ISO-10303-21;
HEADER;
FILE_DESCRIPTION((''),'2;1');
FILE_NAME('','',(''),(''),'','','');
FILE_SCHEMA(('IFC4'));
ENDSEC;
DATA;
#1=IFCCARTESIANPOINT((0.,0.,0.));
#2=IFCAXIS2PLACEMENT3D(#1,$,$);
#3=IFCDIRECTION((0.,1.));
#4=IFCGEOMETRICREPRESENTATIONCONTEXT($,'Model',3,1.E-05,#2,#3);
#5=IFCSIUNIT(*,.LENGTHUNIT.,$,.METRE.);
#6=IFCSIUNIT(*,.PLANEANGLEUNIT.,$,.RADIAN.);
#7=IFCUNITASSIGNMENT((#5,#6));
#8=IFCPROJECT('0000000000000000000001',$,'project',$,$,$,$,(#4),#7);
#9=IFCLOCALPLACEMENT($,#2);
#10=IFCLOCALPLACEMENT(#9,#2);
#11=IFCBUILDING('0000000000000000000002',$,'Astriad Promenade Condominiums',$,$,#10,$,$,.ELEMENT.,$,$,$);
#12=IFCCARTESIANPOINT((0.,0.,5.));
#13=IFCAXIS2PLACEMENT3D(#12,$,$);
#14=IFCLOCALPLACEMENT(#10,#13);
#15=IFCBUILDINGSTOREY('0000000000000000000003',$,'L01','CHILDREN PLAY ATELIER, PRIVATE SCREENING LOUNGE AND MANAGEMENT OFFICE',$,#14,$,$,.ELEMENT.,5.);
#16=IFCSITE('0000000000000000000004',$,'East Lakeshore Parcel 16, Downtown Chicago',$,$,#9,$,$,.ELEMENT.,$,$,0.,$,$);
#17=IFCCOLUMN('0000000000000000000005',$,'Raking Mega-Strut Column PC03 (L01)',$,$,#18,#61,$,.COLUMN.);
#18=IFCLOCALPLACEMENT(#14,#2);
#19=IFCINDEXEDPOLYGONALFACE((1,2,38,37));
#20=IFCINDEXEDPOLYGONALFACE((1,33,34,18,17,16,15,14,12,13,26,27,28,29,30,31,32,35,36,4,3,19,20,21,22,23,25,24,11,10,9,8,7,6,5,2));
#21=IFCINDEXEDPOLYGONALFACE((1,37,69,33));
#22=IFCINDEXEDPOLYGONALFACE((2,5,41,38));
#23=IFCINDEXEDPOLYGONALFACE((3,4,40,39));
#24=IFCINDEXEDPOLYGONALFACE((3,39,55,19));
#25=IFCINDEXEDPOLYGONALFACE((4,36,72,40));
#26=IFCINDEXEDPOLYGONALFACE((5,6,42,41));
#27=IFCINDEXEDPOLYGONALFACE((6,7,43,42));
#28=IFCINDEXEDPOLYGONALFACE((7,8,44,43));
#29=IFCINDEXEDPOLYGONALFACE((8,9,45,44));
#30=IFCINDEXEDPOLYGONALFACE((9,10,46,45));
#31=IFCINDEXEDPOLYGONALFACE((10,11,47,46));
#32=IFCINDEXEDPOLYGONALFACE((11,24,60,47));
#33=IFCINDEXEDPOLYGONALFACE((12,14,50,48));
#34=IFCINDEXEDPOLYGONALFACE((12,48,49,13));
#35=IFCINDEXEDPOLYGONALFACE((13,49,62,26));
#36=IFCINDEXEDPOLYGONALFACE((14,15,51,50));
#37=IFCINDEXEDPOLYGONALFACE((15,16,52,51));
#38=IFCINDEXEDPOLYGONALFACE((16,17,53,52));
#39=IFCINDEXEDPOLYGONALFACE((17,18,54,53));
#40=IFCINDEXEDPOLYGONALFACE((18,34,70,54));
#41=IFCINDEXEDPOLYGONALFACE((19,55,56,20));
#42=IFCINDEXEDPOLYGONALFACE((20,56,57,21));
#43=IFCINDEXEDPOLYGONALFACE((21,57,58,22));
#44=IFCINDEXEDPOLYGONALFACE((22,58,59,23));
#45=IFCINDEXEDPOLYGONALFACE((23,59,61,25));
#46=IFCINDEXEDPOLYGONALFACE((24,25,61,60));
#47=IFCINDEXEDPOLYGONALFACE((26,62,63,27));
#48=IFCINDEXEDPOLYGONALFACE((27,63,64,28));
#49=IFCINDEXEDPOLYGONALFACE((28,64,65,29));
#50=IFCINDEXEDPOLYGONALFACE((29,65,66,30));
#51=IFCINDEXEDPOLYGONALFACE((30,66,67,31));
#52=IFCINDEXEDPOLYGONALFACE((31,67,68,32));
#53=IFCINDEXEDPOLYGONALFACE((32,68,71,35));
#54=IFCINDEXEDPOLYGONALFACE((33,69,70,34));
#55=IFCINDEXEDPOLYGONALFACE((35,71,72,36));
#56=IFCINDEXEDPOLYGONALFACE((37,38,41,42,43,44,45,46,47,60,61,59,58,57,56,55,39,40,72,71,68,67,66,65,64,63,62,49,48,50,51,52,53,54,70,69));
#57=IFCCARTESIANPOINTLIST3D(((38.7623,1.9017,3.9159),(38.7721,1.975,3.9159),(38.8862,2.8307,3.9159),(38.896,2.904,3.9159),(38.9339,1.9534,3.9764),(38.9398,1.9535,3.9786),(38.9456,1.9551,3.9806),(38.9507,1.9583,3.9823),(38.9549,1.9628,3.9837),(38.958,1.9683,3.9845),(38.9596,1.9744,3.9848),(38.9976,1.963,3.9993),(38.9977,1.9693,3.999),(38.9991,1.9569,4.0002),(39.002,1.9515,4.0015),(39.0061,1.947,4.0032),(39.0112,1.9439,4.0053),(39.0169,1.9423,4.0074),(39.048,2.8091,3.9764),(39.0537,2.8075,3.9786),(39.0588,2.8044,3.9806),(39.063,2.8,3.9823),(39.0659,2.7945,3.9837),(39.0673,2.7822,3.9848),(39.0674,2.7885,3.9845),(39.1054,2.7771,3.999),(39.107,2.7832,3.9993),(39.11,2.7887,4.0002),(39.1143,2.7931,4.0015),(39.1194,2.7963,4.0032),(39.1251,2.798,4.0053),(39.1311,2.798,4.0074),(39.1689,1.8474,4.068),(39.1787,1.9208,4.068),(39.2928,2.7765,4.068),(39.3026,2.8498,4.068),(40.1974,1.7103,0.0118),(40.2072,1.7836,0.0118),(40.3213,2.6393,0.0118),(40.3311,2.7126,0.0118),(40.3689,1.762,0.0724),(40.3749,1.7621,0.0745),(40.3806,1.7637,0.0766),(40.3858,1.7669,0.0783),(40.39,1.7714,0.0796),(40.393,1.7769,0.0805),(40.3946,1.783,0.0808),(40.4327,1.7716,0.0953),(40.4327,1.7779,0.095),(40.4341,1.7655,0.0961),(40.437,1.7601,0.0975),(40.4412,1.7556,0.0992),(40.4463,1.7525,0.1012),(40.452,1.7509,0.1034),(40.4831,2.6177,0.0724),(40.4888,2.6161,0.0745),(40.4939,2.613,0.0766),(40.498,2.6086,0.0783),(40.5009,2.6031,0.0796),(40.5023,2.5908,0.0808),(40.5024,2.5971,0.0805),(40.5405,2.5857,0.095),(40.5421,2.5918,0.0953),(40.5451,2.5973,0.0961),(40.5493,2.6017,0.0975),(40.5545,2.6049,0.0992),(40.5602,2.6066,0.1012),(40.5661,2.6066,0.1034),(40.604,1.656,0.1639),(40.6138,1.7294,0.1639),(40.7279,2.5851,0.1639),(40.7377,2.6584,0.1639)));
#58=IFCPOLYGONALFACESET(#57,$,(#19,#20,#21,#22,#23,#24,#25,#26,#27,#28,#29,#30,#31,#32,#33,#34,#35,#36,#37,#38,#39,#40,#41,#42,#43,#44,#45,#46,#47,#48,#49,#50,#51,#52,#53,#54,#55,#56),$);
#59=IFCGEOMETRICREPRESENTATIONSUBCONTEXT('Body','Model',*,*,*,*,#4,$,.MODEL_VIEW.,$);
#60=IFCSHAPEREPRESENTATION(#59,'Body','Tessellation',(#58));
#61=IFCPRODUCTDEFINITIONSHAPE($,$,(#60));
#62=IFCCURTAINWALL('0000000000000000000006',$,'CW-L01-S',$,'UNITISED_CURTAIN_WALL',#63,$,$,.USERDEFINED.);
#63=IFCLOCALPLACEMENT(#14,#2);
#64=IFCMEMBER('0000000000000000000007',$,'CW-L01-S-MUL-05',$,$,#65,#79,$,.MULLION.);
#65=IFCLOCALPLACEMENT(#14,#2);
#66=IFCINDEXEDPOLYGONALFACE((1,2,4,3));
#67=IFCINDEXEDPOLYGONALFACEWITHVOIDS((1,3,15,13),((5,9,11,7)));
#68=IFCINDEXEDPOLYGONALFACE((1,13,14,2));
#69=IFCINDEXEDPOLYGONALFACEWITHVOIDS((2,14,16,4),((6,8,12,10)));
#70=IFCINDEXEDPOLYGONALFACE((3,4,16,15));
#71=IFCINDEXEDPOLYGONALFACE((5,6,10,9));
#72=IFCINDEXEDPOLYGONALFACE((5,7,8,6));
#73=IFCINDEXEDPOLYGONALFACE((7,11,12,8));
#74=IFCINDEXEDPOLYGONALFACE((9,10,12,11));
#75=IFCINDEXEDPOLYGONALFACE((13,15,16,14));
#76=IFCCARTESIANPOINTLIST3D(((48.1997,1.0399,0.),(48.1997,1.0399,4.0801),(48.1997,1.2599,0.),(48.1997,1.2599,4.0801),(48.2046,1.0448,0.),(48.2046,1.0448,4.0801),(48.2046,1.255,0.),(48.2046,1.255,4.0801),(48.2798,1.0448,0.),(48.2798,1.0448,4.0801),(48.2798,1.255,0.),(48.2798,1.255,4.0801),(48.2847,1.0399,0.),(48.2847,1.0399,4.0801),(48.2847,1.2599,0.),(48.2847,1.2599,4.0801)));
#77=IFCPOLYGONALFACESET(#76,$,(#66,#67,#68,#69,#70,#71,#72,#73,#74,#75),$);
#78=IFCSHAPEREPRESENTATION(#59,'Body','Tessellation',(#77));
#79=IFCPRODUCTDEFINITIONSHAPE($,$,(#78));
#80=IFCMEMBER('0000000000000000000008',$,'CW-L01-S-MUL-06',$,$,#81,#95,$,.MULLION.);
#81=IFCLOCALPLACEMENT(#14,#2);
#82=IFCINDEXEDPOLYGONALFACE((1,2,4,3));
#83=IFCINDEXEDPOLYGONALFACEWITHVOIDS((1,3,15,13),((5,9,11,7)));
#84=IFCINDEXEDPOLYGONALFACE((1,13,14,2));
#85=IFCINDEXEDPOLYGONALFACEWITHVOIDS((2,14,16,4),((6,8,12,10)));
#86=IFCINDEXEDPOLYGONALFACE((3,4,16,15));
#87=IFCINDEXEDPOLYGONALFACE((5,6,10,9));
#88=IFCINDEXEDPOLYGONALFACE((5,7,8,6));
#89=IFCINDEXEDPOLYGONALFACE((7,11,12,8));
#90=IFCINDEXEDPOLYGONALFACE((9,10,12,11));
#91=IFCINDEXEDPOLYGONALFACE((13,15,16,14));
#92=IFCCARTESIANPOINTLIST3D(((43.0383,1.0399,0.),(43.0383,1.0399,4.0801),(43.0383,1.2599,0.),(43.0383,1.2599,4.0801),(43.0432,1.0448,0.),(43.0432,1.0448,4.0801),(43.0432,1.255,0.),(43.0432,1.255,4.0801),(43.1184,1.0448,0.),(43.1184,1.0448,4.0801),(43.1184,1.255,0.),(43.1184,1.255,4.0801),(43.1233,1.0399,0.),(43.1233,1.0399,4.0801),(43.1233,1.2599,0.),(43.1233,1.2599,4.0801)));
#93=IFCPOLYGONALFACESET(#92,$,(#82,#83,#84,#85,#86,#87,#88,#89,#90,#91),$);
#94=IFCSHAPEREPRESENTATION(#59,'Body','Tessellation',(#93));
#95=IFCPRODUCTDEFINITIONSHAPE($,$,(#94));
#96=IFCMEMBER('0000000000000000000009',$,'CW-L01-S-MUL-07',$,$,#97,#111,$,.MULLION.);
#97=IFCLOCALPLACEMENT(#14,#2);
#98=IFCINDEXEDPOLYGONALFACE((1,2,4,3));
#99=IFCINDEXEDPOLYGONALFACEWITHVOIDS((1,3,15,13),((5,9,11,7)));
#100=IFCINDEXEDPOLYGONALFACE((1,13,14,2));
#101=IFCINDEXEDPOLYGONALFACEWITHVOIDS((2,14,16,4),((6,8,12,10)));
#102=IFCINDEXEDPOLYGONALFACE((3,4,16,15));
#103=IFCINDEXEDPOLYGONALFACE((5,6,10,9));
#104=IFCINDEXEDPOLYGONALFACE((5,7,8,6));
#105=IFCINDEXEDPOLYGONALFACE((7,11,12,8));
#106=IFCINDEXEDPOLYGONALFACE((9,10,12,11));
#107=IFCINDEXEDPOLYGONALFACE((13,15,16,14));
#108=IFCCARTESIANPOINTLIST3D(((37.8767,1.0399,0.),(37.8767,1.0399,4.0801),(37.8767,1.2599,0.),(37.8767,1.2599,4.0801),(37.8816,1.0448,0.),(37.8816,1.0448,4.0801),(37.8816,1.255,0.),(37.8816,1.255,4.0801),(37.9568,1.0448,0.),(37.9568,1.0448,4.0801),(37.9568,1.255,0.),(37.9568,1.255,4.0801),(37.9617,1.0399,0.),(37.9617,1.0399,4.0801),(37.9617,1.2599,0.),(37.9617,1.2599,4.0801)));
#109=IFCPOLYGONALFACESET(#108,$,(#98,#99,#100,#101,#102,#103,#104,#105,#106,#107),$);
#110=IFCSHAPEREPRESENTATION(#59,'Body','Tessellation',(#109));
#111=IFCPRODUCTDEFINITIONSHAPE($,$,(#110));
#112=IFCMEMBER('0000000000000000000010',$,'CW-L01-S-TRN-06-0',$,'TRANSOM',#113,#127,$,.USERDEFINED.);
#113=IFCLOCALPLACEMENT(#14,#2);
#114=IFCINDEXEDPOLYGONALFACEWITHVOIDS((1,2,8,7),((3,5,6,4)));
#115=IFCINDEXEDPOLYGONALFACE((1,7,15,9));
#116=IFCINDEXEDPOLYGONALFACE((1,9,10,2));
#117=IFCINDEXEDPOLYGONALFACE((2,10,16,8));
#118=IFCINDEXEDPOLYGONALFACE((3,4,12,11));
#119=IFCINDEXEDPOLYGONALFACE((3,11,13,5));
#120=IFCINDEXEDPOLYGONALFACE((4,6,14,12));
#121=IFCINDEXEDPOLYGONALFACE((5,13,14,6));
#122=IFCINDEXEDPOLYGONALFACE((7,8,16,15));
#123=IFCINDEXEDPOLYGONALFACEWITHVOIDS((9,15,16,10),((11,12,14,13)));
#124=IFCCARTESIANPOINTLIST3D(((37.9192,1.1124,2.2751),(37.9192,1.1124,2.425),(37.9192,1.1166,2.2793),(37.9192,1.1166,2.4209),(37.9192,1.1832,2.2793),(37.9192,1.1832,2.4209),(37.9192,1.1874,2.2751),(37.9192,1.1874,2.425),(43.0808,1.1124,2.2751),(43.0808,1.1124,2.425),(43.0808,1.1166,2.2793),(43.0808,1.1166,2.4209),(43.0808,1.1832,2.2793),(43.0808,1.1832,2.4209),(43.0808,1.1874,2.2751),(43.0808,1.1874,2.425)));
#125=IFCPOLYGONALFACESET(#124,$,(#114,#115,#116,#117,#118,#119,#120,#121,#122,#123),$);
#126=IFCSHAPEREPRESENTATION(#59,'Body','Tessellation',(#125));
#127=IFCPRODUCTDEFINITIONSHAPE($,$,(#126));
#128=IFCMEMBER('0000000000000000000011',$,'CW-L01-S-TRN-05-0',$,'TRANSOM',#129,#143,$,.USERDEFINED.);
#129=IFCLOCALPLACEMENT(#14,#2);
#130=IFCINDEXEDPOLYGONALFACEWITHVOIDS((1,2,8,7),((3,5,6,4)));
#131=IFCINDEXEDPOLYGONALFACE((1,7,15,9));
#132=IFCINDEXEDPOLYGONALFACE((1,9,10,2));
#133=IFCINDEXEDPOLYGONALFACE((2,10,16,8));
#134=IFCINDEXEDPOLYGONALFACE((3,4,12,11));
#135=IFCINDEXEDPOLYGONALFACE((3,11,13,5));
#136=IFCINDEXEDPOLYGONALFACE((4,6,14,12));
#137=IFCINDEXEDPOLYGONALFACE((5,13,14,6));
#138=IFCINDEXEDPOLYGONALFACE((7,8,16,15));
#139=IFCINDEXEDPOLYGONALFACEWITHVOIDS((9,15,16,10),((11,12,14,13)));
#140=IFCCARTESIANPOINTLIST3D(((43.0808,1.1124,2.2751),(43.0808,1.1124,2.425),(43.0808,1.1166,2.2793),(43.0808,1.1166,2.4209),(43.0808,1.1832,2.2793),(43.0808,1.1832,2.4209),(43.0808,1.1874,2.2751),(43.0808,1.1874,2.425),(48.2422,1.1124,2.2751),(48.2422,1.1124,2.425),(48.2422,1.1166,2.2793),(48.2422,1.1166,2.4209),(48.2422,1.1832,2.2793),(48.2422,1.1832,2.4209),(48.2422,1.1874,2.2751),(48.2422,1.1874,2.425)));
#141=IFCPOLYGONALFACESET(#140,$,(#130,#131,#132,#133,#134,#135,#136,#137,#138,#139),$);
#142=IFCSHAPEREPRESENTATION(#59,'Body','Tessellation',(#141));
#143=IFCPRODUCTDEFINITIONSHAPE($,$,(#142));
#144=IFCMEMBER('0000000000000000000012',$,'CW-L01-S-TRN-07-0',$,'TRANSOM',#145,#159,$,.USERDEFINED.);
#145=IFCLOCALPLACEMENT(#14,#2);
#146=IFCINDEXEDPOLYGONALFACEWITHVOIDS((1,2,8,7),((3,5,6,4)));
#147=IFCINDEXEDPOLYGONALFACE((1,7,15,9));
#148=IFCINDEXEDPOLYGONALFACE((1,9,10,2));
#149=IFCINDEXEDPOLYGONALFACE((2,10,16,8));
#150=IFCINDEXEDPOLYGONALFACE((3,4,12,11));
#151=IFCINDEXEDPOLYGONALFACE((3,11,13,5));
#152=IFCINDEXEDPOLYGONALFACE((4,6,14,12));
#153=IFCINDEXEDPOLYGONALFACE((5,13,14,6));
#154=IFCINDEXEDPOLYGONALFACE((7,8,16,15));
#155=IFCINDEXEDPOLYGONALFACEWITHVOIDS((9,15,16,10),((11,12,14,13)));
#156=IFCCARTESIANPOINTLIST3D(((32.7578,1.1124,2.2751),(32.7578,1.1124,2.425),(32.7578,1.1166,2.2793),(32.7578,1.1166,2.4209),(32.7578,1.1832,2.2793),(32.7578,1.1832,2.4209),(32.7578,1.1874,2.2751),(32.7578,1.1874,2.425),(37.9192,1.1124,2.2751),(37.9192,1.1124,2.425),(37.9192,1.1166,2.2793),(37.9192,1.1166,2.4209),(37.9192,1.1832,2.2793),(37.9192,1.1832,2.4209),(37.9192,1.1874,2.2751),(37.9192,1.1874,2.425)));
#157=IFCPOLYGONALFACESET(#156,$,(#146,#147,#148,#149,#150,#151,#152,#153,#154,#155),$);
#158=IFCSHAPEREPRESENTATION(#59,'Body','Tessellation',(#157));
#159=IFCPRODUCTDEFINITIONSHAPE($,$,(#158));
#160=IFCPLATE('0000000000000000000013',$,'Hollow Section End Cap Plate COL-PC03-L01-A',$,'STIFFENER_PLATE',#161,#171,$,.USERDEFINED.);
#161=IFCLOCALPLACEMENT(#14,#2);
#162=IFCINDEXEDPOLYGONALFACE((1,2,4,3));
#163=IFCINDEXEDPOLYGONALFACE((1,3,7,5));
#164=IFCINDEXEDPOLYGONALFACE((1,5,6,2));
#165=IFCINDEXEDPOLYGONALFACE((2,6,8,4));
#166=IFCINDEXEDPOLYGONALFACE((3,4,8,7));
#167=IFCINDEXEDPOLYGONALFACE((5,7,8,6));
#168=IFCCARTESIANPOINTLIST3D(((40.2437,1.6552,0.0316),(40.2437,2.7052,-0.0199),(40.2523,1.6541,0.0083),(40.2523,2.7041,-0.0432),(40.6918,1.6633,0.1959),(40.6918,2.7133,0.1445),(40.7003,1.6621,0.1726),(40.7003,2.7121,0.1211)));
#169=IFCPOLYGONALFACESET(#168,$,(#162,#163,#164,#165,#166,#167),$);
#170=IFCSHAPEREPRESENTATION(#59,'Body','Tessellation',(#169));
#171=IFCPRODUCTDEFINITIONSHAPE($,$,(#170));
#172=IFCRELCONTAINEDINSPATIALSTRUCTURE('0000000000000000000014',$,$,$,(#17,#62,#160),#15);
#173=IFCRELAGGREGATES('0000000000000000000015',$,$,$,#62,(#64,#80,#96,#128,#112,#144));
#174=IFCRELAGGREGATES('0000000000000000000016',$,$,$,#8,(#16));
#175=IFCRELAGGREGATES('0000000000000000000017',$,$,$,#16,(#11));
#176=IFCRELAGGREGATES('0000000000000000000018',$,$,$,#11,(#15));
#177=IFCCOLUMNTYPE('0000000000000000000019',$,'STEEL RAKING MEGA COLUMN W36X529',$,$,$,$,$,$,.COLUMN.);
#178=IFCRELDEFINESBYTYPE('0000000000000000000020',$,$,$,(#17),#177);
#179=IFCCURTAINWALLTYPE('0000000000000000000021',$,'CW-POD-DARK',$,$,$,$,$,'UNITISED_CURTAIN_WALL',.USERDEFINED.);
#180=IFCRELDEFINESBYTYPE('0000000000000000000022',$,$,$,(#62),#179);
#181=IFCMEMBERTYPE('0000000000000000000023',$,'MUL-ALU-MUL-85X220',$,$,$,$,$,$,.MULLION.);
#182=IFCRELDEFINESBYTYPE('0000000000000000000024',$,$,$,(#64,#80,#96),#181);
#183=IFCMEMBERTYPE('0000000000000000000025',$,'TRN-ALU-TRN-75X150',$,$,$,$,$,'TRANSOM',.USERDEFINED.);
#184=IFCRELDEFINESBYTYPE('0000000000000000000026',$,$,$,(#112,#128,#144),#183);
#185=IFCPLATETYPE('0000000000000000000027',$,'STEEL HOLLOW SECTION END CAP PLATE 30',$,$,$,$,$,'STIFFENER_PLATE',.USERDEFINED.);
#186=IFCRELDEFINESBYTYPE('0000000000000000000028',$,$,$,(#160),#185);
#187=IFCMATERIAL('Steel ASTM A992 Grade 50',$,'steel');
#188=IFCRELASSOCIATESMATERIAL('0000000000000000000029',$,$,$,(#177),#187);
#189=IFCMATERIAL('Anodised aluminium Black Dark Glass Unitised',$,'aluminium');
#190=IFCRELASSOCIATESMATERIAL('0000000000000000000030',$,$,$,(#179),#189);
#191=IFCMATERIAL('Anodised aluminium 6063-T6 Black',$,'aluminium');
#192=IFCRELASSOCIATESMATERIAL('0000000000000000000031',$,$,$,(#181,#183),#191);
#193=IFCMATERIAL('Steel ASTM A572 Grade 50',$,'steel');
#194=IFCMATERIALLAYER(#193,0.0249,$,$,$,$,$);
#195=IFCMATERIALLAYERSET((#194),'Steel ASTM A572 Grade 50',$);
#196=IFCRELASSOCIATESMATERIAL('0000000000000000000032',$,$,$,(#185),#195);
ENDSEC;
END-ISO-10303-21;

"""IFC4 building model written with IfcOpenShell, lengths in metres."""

from ifc_helpers import new_model, si_unit, direction, frame, origin, origin_2d, place, context, subcontext, project, spatial, rectangle, hollow_rectangle, i_section, extrude, source, transform, mapped, material, layer, layer_set, material_profile, profile_set, type_object, type_shapes, element, aggregate, save


model = new_model("IFC4")

# Units and contexts
model_context = context("Model", 3, precision=1e-05, world=origin(), true_north=direction((0.0, 1.0)))
body_context = subcontext(model_context, "Body", "Model", "MODEL_VIEW")
ifc_project = project(units=[si_unit("LENGTHUNIT", "METRE"), si_unit("PLANEANGLEUNIT", "RADIAN")], contexts=[model_context])

# Site, building, storey
site_placement = place(None, origin())
site = spatial("IfcSite", under=ifc_project, at=site_placement, Name="East Lakeshore Parcel 16, Downtown Chicago", CompositionType="ELEMENT", RefElevation=0.0)
building_placement = place(site_placement, origin())
building = spatial("IfcBuilding", under=site, at=building_placement, Name="Astriad Promenade Condominiums", CompositionType="ELEMENT")
storey_placement = place(building_placement, frame((0.0, 0.0, 5.0)))
storey = spatial("IfcBuildingStorey", under=building, at=storey_placement, Name="L01", Description="CHILDREN PLAY ATELIER, PRIVATE SCREENING LOUNGE AND MANAGEMENT OFFICE", CompositionType="ELEMENT", Elevation=5.0)

# Column
ifc_material_1 = material(Name="Steel ASTM A992 Grade 50", Category="steel")
ifc_material_profile_1 = material_profile(ifc_material_1, i_section(OverallWidth=0.4375, OverallDepth=1.0112, WebThickness=0.041, FlangeThickness=0.074, FilletRadius=0.0242, at=origin_2d()), Name="W36X529")
ifc_profile_set_1 = profile_set([ifc_material_profile_1], Name="Steel ASTM A992 Grade 50")
column_type = type_object("IfcColumnType", Name="STEEL RAKING MEGA COLUMN W36X529", PredefinedType="COLUMN", material=ifc_profile_set_1)
shared_shape_1 = source(origin(), body_context, "Body", "SweptSolid", [
    extrude(i_section(OverallWidth=0.4375, OverallDepth=1.0112, WebThickness=0.041, FlangeThickness=0.074, FilletRadius=0.0242, at=origin_2d()), origin(), (0.0, 0.0, 1.0), 4.1638),
])
type_shapes(column_type, [shared_shape_1])
column_placement = place(storey_placement, frame((40.4675, 2.1843, 0.0879), z_axis=(-0.344647, 0.045969, 0.937606), x_axis=(0.929376, -0.123959, 0.347699)))
element("IfcColumn", 1, at=column_placement, inside=storey, type_object=column_type, Name="Raking Mega-Strut Column PC03 (L01)", PredefinedType="COLUMN", context=body_context, shape_type="MappedRepresentation", body=[
    mapped(shared_shape_1, transform((0.0, 0.0, 0.0), scale=1.0)),
])

# Curtain wall, members
ifc_material_2 = material(Name="Anodised aluminium Black Dark Glass Unitised", Category="aluminium")
curtain_wall_type = type_object("IfcCurtainWallType", Name="CW-POD-DARK", ElementType="UNITISED_CURTAIN_WALL", PredefinedType="USERDEFINED", material=ifc_material_2)
curtain_wall_placement = place(storey_placement, origin())
curtain_wall = element("IfcCurtainWall", 2, at=curtain_wall_placement, inside=storey, type_object=curtain_wall_type, Name="CW-L01-S", ObjectType="UNITISED_CURTAIN_WALL", PredefinedType="USERDEFINED")
ifc_material_3 = material(Name="Anodised aluminium 6063-T6 Black", Category="aluminium")
ifc_material_profile_2 = material_profile(ifc_material_3, hollow_rectangle(XDim=0.085, YDim=0.22, WallThickness=0.0049, at=origin_2d()), Name="ALU-MUL-85X220")
ifc_profile_set_2 = profile_set([ifc_material_profile_2], Name="Anodised aluminium 6063-T6 Black")
member_type_1 = type_object("IfcMemberType", Name="MUL-ALU-MUL-85X220", PredefinedType="MULLION", material=ifc_profile_set_2)
shared_shape_2 = source(origin(), body_context, "Body", "SweptSolid", [
    extrude(hollow_rectangle(XDim=0.085, YDim=0.22, WallThickness=0.0049, at=origin_2d()), origin(), (0.0, 0.0, 1.0), 4.0801),
])
type_shapes(member_type_1, [shared_shape_2])
member_1_placement = place(storey_placement, frame((48.2422, 1.1499, 0.0), z_axis=(0.0, 0.0, 1.0), x_axis=(1.0, 0.0, 0.0)))
member_1 = element("IfcMember", 3, at=member_1_placement, type_object=member_type_1, Name="CW-L01-S-MUL-05", PredefinedType="MULLION", context=body_context, shape_type="MappedRepresentation", body=[
    mapped(shared_shape_2, transform((0.0, 0.0, 0.0), scale=1.0)),
])
member_2_placement = place(storey_placement, frame((43.0808, 1.1499, 0.0), z_axis=(0.0, 0.0, 1.0), x_axis=(1.0, 0.0, 0.0)))
member_2 = element("IfcMember", 4, at=member_2_placement, type_object=member_type_1, Name="CW-L01-S-MUL-06", PredefinedType="MULLION", context=body_context, shape_type="MappedRepresentation", body=[
    mapped(shared_shape_2, transform((0.0, 0.0, 0.0), scale=1.0)),
])
member_3_placement = place(storey_placement, frame((37.9192, 1.1499, 0.0), z_axis=(0.0, 0.0, 1.0), x_axis=(1.0, 0.0, 0.0)))
member_3 = element("IfcMember", 5, at=member_3_placement, type_object=member_type_1, Name="CW-L01-S-MUL-07", PredefinedType="MULLION", context=body_context, shape_type="MappedRepresentation", body=[
    mapped(shared_shape_2, transform((0.0, 0.0, 0.0), scale=1.0)),
])
ifc_material_profile_3 = material_profile(ifc_material_3, hollow_rectangle(XDim=0.075, YDim=0.1499, WallThickness=0.0042, at=origin_2d()), Name="ALU-TRN-75X150")
ifc_profile_set_3 = profile_set([ifc_material_profile_3], Name="Anodised aluminium 6063-T6 Black")
member_type_2 = type_object("IfcMemberType", Name="TRN-ALU-TRN-75X150", ElementType="TRANSOM", PredefinedType="USERDEFINED", material=ifc_profile_set_3)
shared_shape_3 = source(origin(), body_context, "Body", "SweptSolid", [
    extrude(hollow_rectangle(XDim=0.075, YDim=0.1499, WallThickness=0.0042, at=origin_2d()), origin(), (0.0, 0.0, 1.0), 5.1616),
])
member_4_placement = place(storey_placement, frame((43.0808, 1.1499, 2.3501), z_axis=(-1.0, 0.0, 0.0), x_axis=(0.0, -1.0, 0.0)))
member_4 = element("IfcMember", 6, at=member_4_placement, type_object=member_type_2, Name="CW-L01-S-TRN-06-0", ObjectType="TRANSOM", PredefinedType="USERDEFINED", context=body_context, shape_type="MappedRepresentation", body=[
    mapped(shared_shape_3, transform((0.0, 0.0, 0.0), scale=1.0)),
])
shared_shape_4 = source(origin(), body_context, "Body", "SweptSolid", [
    extrude(hollow_rectangle(XDim=0.075, YDim=0.1499, WallThickness=0.0042, at=origin_2d()), origin(), (0.0, 0.0, 1.0), 5.1614),
])
type_shapes(member_type_2, [shared_shape_3, shared_shape_4])
member_5_placement = place(storey_placement, frame((48.2422, 1.1499, 2.3501), z_axis=(-1.0, 0.0, 0.0), x_axis=(0.0, -1.0, 0.0)))
member_5 = element("IfcMember", 7, at=member_5_placement, type_object=member_type_2, Name="CW-L01-S-TRN-05-0", ObjectType="TRANSOM", PredefinedType="USERDEFINED", context=body_context, shape_type="MappedRepresentation", body=[
    mapped(shared_shape_4, transform((0.0, 0.0, 0.0), scale=1.0)),
])
member_6_placement = place(storey_placement, frame((37.9192, 1.1499, 2.3501), z_axis=(-1.0, 0.0, 0.0), x_axis=(0.0, -1.0, 0.0)))
member_6 = element("IfcMember", 8, at=member_6_placement, type_object=member_type_2, Name="CW-L01-S-TRN-07-0", ObjectType="TRANSOM", PredefinedType="USERDEFINED", context=body_context, shape_type="MappedRepresentation", body=[
    mapped(shared_shape_4, transform((0.0, 0.0, 0.0), scale=1.0)),
])

# Plate
ifc_material_4 = material(Name="Steel ASTM A572 Grade 50", Category="steel")
ifc_layer_1 = layer(ifc_material_4, 0.0249)
ifc_layer_set_1 = layer_set([ifc_layer_1], Name="Steel ASTM A572 Grade 50")
plate_type_1 = type_object("IfcPlateType", Name="STEEL HOLLOW SECTION END CAP PLATE 30", ElementType="STIFFENER_PLATE", PredefinedType="USERDEFINED", material=ifc_layer_set_1)
shared_shape_5 = source(origin(), body_context, "Body", "SweptSolid", [
    extrude(rectangle(XDim=0.4773, YDim=1.0513, at=origin_2d()), origin(), (0.0, 0.0, 1.0), 0.0249),
])
type_shapes(plate_type_1, [shared_shape_5])
plate_1_placement = place(storey_placement, frame((40.4763, 2.1831, 0.0647), z_axis=(-0.344681, 0.045967, 0.937594), x_axis=(1.0, 0.0, 0.0)))
element("IfcPlate", 9, at=plate_1_placement, inside=storey, type_object=plate_type_1, Name="Hollow Section End Cap Plate COL-PC03-L01-A", ObjectType="STIFFENER_PLATE", PredefinedType="USERDEFINED", context=body_context, shape_type="MappedRepresentation", body=[
    mapped(shared_shape_5, transform((0.0, 0.0, 0.0), scale=1.0)),
])
aggregate(curtain_wall, [member_1, member_2, member_3, member_5, member_4, member_6])

save(model, "model.ifc")
